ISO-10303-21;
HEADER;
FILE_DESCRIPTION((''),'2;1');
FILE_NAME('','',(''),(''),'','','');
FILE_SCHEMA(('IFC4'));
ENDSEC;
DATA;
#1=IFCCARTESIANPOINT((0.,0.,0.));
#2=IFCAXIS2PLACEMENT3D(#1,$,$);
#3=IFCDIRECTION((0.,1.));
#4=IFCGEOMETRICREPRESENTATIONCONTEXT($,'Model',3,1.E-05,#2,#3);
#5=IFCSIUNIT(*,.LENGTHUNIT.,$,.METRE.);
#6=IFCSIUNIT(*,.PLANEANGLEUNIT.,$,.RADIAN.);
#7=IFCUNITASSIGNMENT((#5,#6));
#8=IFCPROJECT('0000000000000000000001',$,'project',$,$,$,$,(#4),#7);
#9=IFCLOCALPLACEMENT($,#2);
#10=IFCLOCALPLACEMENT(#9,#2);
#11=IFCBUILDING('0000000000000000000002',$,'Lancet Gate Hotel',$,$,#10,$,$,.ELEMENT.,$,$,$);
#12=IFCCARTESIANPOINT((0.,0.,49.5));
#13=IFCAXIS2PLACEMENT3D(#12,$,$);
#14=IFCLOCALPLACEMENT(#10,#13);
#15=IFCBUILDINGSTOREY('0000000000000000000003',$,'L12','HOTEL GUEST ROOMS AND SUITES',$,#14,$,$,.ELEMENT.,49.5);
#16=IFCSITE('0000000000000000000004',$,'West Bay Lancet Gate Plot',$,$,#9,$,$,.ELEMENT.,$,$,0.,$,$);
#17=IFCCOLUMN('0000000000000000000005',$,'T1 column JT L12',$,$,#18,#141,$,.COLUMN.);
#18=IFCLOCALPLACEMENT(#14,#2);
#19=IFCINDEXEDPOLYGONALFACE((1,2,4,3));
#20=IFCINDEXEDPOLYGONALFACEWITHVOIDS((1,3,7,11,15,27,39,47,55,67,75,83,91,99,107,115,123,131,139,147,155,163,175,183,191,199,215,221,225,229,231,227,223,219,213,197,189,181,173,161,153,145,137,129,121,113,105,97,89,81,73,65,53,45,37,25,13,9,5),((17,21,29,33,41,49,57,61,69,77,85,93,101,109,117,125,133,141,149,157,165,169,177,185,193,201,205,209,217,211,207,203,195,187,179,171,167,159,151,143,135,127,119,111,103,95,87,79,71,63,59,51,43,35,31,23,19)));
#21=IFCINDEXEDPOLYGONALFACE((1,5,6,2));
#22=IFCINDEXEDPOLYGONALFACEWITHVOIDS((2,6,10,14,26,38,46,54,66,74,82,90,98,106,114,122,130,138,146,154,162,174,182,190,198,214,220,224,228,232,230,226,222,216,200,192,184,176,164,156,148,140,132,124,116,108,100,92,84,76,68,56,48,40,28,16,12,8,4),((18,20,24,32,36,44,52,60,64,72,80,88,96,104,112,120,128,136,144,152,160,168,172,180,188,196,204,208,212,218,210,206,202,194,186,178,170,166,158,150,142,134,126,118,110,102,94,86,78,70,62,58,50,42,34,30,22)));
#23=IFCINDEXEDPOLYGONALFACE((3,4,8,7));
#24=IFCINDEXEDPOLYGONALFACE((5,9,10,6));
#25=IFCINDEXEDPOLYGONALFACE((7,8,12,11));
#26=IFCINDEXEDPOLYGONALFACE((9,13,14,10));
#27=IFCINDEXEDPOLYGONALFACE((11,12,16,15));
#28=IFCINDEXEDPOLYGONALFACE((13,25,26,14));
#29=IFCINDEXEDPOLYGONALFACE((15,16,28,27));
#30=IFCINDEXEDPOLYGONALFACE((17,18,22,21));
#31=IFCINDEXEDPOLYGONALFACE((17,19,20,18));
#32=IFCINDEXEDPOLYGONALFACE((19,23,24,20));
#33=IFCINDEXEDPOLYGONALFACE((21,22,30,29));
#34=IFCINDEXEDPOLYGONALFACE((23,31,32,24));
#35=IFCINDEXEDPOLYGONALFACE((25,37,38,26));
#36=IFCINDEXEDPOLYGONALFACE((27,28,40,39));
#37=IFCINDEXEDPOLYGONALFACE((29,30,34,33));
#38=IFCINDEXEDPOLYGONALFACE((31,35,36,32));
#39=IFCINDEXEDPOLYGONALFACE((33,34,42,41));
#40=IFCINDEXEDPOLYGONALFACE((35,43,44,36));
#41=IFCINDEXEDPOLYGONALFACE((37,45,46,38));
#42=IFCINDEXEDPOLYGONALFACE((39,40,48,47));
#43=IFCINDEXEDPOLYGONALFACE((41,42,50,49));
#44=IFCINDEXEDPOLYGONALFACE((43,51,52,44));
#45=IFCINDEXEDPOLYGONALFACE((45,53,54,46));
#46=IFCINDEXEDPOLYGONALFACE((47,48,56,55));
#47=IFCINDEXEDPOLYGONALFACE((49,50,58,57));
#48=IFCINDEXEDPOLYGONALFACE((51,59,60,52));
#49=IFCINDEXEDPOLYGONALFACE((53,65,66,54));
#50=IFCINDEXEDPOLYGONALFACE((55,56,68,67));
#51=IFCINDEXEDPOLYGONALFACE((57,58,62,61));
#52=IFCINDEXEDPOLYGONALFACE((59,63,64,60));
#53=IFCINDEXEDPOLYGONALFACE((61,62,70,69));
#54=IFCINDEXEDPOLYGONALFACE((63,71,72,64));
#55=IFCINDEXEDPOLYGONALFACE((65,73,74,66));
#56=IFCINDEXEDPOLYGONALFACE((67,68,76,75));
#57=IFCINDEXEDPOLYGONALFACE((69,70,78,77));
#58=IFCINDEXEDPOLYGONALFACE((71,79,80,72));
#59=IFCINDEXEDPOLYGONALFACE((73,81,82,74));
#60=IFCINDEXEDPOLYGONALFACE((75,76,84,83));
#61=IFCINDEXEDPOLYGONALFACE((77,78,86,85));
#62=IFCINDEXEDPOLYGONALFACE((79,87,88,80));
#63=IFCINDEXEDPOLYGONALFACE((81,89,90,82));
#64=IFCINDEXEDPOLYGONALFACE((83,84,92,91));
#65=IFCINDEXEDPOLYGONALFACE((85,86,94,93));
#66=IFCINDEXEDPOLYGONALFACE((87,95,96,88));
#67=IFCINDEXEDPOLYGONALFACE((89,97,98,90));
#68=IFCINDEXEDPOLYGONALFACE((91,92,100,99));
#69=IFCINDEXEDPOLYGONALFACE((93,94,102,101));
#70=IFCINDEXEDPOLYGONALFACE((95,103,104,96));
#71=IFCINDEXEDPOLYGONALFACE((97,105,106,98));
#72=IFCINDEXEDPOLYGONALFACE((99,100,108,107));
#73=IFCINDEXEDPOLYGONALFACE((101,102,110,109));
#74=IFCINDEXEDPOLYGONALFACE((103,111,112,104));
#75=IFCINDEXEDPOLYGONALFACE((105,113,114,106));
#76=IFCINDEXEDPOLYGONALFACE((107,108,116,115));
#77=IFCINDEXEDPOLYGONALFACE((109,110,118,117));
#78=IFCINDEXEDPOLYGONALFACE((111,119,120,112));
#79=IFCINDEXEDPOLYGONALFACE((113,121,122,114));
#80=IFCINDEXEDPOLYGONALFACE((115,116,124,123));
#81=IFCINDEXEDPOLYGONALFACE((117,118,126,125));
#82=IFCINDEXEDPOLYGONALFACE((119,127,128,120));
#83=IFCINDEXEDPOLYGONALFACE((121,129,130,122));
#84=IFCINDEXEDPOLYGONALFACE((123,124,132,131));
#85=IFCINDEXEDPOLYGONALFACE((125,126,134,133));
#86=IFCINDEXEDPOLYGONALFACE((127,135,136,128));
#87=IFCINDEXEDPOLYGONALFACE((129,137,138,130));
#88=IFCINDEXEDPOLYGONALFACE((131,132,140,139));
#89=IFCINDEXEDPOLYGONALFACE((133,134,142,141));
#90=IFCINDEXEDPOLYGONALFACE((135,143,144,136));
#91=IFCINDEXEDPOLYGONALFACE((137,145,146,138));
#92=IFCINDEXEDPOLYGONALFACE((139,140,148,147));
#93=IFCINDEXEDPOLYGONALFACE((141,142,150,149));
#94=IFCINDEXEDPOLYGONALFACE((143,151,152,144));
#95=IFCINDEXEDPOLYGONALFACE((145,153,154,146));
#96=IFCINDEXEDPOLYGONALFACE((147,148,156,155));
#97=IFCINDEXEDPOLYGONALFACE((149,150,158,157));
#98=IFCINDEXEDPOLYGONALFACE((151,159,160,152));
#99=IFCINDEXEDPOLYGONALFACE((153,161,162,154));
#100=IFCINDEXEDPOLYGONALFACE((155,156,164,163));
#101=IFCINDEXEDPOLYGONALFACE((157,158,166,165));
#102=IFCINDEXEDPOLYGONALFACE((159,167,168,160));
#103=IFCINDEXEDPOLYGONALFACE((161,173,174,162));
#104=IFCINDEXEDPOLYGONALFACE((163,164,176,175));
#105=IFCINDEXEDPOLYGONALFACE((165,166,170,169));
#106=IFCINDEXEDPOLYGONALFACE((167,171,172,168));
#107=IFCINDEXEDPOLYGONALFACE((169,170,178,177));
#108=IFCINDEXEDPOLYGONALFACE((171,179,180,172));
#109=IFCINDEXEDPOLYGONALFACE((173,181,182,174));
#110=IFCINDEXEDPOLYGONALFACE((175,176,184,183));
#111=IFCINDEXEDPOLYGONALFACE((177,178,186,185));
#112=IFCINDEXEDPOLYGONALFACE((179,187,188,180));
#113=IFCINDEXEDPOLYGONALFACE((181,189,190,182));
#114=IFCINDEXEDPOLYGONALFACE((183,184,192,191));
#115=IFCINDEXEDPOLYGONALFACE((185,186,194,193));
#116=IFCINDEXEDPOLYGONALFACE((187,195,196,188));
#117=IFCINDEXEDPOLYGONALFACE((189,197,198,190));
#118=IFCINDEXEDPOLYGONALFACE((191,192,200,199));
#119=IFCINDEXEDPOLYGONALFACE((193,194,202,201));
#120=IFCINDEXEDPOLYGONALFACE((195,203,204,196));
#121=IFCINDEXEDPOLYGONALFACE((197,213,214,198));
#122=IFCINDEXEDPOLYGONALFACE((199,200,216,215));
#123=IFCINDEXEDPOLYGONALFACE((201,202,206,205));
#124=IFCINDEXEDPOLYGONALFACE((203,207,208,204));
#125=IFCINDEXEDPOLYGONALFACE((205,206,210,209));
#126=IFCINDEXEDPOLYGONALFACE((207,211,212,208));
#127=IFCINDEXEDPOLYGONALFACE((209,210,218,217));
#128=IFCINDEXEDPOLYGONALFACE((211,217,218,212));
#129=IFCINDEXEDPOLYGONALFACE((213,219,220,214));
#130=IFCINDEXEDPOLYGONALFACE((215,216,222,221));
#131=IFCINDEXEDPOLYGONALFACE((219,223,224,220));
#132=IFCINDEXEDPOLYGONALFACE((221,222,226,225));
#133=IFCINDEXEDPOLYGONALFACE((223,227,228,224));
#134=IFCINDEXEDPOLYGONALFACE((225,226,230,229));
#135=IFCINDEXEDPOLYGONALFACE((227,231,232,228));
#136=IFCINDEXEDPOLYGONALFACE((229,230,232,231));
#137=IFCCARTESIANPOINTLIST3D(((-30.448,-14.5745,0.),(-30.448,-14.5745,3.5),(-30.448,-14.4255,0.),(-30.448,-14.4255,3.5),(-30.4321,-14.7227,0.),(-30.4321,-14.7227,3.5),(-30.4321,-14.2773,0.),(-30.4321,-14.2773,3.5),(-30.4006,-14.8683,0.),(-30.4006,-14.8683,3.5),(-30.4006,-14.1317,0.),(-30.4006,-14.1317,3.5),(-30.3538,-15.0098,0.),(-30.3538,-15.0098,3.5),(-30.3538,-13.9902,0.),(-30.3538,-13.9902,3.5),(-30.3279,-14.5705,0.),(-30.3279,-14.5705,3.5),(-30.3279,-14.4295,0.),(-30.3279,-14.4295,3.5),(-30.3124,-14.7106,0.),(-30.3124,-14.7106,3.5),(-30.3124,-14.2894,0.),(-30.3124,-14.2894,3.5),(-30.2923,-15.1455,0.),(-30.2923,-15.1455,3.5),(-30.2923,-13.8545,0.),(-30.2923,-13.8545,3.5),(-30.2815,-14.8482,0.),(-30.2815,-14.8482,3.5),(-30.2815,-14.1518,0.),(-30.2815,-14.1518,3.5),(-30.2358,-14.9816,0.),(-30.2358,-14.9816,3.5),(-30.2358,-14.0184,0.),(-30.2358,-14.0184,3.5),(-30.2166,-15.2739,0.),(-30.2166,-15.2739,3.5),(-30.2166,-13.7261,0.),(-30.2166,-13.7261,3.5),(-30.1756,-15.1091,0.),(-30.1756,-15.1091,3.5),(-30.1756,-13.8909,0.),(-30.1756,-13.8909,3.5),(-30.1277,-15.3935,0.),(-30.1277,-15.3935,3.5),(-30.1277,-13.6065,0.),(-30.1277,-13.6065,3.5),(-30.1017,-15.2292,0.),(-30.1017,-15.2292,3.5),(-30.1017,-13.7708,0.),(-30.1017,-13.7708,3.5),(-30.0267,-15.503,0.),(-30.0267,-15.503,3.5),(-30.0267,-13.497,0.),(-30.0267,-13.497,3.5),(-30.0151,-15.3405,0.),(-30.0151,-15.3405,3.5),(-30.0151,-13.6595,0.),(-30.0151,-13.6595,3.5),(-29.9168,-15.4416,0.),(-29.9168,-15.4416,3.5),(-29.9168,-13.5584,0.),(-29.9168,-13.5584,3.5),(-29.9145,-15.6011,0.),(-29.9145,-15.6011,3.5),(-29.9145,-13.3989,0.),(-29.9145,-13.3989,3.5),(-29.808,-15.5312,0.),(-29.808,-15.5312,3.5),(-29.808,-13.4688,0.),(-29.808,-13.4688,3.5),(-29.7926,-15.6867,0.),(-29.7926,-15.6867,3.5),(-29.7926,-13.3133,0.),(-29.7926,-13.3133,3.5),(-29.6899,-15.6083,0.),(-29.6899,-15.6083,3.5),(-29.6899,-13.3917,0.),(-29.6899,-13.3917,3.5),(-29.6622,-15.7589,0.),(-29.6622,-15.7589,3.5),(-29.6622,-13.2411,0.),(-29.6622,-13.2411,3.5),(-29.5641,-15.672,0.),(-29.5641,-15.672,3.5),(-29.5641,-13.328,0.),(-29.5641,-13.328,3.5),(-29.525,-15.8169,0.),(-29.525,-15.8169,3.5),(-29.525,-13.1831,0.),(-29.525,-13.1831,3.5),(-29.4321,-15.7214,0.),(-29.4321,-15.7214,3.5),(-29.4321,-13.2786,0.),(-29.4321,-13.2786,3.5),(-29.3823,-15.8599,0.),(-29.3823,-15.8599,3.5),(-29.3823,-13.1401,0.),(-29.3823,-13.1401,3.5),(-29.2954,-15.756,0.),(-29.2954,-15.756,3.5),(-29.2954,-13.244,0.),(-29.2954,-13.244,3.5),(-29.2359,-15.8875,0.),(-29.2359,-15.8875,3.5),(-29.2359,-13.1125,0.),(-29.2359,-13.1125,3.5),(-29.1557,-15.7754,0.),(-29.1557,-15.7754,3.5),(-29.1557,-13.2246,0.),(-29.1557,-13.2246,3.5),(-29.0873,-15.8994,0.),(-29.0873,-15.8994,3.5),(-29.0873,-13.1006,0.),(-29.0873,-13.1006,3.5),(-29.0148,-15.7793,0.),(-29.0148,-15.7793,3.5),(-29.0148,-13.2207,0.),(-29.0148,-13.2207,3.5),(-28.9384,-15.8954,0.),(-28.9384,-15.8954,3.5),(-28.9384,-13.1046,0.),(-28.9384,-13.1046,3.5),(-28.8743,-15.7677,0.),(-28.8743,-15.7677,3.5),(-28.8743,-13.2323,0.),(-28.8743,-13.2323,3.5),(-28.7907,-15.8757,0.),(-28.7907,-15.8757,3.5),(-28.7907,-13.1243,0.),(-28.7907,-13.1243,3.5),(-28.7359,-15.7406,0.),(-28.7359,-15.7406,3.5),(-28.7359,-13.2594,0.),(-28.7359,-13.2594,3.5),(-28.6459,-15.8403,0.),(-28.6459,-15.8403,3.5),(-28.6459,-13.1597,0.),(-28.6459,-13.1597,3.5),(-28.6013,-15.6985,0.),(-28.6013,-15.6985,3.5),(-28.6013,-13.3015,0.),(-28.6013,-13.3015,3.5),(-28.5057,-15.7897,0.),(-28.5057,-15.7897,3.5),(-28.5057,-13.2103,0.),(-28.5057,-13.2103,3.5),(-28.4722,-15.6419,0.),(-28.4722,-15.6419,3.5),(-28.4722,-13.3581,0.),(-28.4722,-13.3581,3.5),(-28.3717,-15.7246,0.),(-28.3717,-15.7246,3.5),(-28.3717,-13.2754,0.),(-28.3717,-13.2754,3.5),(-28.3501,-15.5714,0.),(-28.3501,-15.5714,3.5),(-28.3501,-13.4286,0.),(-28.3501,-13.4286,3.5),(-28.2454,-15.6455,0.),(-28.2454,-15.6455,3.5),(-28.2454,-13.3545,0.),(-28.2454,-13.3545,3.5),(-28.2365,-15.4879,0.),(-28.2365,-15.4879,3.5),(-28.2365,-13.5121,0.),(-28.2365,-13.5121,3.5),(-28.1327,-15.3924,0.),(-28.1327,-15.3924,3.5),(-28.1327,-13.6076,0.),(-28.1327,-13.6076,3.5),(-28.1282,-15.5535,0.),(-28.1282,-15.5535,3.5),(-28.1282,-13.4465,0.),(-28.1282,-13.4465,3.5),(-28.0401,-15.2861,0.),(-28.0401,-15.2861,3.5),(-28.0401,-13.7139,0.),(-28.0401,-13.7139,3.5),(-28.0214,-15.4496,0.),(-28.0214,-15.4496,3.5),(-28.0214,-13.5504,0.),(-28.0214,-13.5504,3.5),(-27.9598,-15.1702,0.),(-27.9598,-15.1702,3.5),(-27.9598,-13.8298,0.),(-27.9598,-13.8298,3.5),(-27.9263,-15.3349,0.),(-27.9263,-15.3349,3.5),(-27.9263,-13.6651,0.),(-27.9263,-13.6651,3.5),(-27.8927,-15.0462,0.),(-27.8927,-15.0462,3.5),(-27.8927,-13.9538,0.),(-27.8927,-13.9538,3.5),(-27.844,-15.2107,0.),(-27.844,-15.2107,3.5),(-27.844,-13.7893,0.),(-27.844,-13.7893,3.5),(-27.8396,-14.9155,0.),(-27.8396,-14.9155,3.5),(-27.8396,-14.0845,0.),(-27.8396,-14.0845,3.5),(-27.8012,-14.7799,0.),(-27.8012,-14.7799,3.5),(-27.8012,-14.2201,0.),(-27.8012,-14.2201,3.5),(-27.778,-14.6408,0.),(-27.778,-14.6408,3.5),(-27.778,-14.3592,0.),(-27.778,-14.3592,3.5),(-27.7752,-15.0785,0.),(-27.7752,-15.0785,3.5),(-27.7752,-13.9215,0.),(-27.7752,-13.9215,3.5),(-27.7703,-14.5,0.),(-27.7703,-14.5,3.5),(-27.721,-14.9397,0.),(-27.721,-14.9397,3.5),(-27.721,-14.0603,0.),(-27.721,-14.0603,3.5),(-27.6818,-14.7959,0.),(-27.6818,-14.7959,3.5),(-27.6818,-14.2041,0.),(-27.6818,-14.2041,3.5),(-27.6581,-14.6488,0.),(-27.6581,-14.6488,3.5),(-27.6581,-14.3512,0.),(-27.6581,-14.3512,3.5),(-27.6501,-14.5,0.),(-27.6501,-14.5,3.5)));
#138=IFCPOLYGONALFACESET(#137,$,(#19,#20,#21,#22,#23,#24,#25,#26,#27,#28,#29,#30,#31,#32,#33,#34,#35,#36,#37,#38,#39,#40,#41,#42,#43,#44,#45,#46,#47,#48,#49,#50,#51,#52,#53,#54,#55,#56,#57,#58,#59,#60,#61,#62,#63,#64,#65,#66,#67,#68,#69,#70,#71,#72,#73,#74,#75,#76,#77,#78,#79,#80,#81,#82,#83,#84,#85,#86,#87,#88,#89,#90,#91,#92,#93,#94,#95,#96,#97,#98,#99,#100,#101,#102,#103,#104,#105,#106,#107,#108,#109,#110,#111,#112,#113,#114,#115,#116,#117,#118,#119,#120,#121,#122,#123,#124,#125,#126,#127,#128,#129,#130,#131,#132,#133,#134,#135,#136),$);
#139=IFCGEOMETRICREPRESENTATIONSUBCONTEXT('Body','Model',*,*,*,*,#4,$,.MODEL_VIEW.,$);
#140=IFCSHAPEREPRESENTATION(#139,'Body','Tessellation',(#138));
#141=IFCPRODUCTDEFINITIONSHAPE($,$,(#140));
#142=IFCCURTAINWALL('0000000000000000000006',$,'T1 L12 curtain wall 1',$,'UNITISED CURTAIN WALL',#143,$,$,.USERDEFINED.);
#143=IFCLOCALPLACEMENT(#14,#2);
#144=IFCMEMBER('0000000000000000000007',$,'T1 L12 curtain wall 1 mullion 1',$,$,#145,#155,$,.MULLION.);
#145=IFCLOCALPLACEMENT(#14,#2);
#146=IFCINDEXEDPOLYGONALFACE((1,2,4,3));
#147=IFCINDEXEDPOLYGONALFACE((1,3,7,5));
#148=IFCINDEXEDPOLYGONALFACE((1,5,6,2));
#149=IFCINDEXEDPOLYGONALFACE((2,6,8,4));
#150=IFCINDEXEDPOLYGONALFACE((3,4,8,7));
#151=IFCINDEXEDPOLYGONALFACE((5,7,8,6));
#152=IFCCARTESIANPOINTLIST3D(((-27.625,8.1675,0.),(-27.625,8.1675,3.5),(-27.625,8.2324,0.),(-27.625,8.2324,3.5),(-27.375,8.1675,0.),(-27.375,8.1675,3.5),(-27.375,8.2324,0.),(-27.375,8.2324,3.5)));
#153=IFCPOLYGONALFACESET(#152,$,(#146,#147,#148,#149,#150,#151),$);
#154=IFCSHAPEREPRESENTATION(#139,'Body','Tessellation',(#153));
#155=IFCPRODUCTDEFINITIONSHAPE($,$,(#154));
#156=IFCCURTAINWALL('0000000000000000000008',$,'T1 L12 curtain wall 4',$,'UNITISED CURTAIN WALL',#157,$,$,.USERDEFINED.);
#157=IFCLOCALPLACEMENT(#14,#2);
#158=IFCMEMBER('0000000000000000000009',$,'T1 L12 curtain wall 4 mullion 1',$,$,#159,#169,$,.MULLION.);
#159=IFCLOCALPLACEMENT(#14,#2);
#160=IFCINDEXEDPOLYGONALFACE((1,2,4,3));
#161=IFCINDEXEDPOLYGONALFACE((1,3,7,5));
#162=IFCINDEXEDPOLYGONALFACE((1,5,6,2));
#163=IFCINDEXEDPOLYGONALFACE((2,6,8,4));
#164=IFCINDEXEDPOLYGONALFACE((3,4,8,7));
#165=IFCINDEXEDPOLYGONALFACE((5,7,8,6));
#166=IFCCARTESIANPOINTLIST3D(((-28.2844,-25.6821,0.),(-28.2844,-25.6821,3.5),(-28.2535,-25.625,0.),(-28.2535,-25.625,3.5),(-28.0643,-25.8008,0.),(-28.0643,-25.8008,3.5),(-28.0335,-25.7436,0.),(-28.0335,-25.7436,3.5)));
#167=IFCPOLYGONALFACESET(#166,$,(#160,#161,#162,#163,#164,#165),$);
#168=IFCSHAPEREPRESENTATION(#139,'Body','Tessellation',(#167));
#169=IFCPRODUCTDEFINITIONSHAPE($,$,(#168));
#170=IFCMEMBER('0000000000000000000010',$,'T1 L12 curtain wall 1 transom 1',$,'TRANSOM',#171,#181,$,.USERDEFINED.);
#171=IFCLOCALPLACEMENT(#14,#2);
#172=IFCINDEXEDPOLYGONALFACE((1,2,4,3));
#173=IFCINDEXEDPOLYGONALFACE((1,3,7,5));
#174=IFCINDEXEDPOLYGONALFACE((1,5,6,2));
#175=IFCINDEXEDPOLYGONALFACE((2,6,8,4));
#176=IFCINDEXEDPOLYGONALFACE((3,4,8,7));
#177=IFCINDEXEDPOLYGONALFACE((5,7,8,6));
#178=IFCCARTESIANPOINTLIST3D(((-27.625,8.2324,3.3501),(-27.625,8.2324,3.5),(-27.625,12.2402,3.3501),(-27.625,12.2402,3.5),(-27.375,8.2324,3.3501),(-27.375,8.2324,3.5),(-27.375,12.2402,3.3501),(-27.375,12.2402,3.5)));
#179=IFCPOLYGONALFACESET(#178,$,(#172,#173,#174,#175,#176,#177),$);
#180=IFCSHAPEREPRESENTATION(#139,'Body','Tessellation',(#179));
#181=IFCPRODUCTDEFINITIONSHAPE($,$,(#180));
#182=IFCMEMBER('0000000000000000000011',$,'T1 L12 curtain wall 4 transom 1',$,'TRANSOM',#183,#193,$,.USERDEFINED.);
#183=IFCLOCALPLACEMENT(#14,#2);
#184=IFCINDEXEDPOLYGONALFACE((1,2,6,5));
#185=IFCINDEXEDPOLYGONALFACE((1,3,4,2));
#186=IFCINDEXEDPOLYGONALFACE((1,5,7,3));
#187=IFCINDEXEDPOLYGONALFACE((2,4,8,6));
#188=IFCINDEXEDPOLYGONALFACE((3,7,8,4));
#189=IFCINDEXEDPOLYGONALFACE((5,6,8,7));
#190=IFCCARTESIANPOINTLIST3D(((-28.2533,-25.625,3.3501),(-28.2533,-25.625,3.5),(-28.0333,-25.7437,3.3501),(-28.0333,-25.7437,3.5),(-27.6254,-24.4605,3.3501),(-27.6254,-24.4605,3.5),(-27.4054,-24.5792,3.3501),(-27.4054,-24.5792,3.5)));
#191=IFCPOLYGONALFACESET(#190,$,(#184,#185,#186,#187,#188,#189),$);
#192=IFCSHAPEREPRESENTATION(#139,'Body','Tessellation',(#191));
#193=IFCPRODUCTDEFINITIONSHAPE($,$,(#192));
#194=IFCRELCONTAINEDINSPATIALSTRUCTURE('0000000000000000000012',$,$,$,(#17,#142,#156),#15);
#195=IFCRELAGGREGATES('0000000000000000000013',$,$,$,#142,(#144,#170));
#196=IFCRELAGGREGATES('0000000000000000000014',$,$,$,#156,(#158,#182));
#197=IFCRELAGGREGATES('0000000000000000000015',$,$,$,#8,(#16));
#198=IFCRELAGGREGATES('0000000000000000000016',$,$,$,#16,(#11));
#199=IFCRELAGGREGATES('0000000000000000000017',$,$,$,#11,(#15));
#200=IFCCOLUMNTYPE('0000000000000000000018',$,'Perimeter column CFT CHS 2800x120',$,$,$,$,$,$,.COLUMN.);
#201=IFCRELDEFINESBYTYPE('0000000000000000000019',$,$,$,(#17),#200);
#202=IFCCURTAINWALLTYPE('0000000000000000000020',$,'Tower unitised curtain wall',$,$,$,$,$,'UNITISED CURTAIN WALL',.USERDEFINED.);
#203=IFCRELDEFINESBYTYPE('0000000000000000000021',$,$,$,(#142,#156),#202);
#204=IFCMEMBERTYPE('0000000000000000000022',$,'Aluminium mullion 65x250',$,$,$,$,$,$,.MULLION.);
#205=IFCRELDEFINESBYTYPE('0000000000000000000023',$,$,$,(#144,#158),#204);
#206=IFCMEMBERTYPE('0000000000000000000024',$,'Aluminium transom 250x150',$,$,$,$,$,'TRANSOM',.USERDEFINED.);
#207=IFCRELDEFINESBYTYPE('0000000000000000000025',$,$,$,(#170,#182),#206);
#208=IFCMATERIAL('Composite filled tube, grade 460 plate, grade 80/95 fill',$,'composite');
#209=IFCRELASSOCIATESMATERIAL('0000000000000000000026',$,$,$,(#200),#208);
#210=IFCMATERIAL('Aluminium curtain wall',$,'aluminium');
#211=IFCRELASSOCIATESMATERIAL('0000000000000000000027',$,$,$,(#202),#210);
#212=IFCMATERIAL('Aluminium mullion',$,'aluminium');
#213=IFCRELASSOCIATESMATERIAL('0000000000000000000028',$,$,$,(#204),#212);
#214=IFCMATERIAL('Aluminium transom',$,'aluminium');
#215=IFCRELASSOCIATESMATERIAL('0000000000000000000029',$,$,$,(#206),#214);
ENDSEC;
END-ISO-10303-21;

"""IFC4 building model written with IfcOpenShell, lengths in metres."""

from ifc_helpers import new_model, si_unit, direction, frame, origin, origin_2d, place, context, subcontext, project, spatial, rectangle, hollow_circle, extrude, material, material_profile, profile_set, type_object, element, aggregate, save


model = new_model("IFC4")

# Units and contexts
model_context = context("Model", 3, precision=1e-05, world=origin(), true_north=direction((0.0, 1.0)))
body_context = subcontext(model_context, "Body", "Model", "MODEL_VIEW")
ifc_project = project(units=[si_unit("LENGTHUNIT", "METRE"), si_unit("PLANEANGLEUNIT", "RADIAN")], contexts=[model_context])

# Site, building, storey
site_placement = place(None, origin())
site = spatial("IfcSite", under=ifc_project, at=site_placement, Name="West Bay Lancet Gate Plot", CompositionType="ELEMENT", RefElevation=0.0)
building_placement = place(site_placement, origin())
building = spatial("IfcBuilding", under=site, at=building_placement, Name="Lancet Gate Hotel", CompositionType="ELEMENT")
storey_placement = place(building_placement, frame((0.0, 0.0, 49.5)))
storey = spatial("IfcBuildingStorey", under=building, at=storey_placement, Name="L12", Description="HOTEL GUEST ROOMS AND SUITES", CompositionType="ELEMENT", Elevation=49.5)

# Column
ifc_material_1 = material(Name="Composite filled tube, grade 460 plate, grade 80/95 fill", Category="composite")
ifc_material_profile_1 = material_profile(ifc_material_1, hollow_circle(Radius=1.3999, WallThickness=0.1201, at=origin_2d()), Name="CHS 2800x120")
ifc_profile_set_1 = profile_set([ifc_material_profile_1], Name="Composite filled tube, grade 460 plate, grade 80/95 fill")
column_type = type_object("IfcColumnType", Name="Perimeter column CFT CHS 2800x120", PredefinedType="COLUMN", material=ifc_profile_set_1)
column_placement = place(storey_placement, frame((-29.05, -14.5, 0.0), z_axis=(0.0, 0.0, 1.0), x_axis=(1.0, 0.0, 0.0)))
element("IfcColumn", 1, at=column_placement, inside=storey, type_object=column_type, Name="T1 column JT L12", PredefinedType="COLUMN", context=body_context, shape_type="SweptSolid", body=[
    extrude(hollow_circle(Radius=1.3999, WallThickness=0.1201, at=origin_2d()), origin(), (0.0, 0.0, 1.0), 3.5),
])

# Curtain walls, members
ifc_material_2 = material(Name="Aluminium curtain wall", Category="aluminium")
curtain_wall_type = type_object("IfcCurtainWallType", Name="Tower unitised curtain wall", ElementType="UNITISED CURTAIN WALL", PredefinedType="USERDEFINED", material=ifc_material_2)
curtain_wall_1_placement = place(storey_placement, origin())
curtain_wall_1 = element("IfcCurtainWall", 2, at=curtain_wall_1_placement, inside=storey, type_object=curtain_wall_type, Name="T1 L12 curtain wall 1", ObjectType="UNITISED CURTAIN WALL", PredefinedType="USERDEFINED")
ifc_material_3 = material(Name="Aluminium mullion", Category="aluminium")
ifc_material_profile_2 = material_profile(ifc_material_3, rectangle(XDim=0.0649, YDim=0.25, at=origin_2d()), Name="MULLION 65x250")
ifc_profile_set_2 = profile_set([ifc_material_profile_2], Name="Aluminium mullion")
member_type_1 = type_object("IfcMemberType", Name="Aluminium mullion 65x250", PredefinedType="MULLION", material=ifc_profile_set_2)
member_1_placement = place(storey_placement, frame((-27.5, 8.2, 0.0), z_axis=(0.0, 0.0, 1.0), x_axis=(0.0, 1.0, 0.0)))
member_1 = element("IfcMember", 3, at=member_1_placement, type_object=member_type_1, Name="T1 L12 curtain wall 1 mullion 1", PredefinedType="MULLION", context=body_context, shape_type="SweptSolid", body=[
    extrude(rectangle(XDim=0.0649, YDim=0.25, at=origin_2d()), origin(), (0.0, 0.0, 1.0), 3.5),
])
curtain_wall_2_placement = place(storey_placement, origin())
curtain_wall_2 = element("IfcCurtainWall", 4, at=curtain_wall_2_placement, inside=storey, type_object=curtain_wall_type, Name="T1 L12 curtain wall 4", ObjectType="UNITISED CURTAIN WALL", PredefinedType="USERDEFINED")
member_2_placement = place(storey_placement, frame((-28.1589, -25.7129, 0.0), z_axis=(0.0, 0.0, 1.0), x_axis=(0.474631, 0.880185, 0.0)))
member_2 = element("IfcMember", 5, at=member_2_placement, type_object=member_type_1, Name="T1 L12 curtain wall 4 mullion 1", PredefinedType="MULLION", context=body_context, shape_type="SweptSolid", body=[
    extrude(rectangle(XDim=0.0649, YDim=0.25, at=origin_2d()), origin(), (0.0, 0.0, 1.0), 3.5),
])

# Members
ifc_material_4 = material(Name="Aluminium transom", Category="aluminium")
ifc_material_profile_3 = material_profile(ifc_material_4, rectangle(XDim=0.25, YDim=0.1499, at=origin_2d()), Name="TRANSOM 250x150")
ifc_profile_set_3 = profile_set([ifc_material_profile_3], Name="Aluminium transom")
member_type_2 = type_object("IfcMemberType", Name="Aluminium transom 250x150", ElementType="TRANSOM", PredefinedType="USERDEFINED", material=ifc_profile_set_3)
member_3_placement = place(storey_placement, frame((-27.5, 8.2324, 3.425), z_axis=(0.0, 1.0, 0.0), x_axis=(-1.0, 0.0, 0.0)))
member_3 = element("IfcMember", 6, at=member_3_placement, type_object=member_type_2, Name="T1 L12 curtain wall 1 transom 1", ObjectType="TRANSOM", PredefinedType="USERDEFINED", context=body_context, shape_type="SweptSolid", body=[
    extrude(rectangle(XDim=0.25, YDim=0.1499, at=origin_2d()), origin(), (0.0, 0.0, 1.0), 4.0078),
])
aggregate(curtain_wall_1, [member_1, member_3])
member_4_placement = place(storey_placement, frame((-28.1433, -25.6843, 3.425), z_axis=(0.474606, 0.880198, 0.0), x_axis=(-0.880198, 0.474606, 0.0)))
member_4 = element("IfcMember", 7, at=member_4_placement, type_object=member_type_2, Name="T1 L12 curtain wall 4 transom 1", ObjectType="TRANSOM", PredefinedType="USERDEFINED", context=body_context, shape_type="SweptSolid", body=[
    extrude(rectangle(XDim=0.25, YDim=0.1499, at=origin_2d()), origin(), (0.0, 0.0, 1.0), 1.323),
])

aggregate(curtain_wall_2, [member_2, member_4])

save(model, "model.ifc")
